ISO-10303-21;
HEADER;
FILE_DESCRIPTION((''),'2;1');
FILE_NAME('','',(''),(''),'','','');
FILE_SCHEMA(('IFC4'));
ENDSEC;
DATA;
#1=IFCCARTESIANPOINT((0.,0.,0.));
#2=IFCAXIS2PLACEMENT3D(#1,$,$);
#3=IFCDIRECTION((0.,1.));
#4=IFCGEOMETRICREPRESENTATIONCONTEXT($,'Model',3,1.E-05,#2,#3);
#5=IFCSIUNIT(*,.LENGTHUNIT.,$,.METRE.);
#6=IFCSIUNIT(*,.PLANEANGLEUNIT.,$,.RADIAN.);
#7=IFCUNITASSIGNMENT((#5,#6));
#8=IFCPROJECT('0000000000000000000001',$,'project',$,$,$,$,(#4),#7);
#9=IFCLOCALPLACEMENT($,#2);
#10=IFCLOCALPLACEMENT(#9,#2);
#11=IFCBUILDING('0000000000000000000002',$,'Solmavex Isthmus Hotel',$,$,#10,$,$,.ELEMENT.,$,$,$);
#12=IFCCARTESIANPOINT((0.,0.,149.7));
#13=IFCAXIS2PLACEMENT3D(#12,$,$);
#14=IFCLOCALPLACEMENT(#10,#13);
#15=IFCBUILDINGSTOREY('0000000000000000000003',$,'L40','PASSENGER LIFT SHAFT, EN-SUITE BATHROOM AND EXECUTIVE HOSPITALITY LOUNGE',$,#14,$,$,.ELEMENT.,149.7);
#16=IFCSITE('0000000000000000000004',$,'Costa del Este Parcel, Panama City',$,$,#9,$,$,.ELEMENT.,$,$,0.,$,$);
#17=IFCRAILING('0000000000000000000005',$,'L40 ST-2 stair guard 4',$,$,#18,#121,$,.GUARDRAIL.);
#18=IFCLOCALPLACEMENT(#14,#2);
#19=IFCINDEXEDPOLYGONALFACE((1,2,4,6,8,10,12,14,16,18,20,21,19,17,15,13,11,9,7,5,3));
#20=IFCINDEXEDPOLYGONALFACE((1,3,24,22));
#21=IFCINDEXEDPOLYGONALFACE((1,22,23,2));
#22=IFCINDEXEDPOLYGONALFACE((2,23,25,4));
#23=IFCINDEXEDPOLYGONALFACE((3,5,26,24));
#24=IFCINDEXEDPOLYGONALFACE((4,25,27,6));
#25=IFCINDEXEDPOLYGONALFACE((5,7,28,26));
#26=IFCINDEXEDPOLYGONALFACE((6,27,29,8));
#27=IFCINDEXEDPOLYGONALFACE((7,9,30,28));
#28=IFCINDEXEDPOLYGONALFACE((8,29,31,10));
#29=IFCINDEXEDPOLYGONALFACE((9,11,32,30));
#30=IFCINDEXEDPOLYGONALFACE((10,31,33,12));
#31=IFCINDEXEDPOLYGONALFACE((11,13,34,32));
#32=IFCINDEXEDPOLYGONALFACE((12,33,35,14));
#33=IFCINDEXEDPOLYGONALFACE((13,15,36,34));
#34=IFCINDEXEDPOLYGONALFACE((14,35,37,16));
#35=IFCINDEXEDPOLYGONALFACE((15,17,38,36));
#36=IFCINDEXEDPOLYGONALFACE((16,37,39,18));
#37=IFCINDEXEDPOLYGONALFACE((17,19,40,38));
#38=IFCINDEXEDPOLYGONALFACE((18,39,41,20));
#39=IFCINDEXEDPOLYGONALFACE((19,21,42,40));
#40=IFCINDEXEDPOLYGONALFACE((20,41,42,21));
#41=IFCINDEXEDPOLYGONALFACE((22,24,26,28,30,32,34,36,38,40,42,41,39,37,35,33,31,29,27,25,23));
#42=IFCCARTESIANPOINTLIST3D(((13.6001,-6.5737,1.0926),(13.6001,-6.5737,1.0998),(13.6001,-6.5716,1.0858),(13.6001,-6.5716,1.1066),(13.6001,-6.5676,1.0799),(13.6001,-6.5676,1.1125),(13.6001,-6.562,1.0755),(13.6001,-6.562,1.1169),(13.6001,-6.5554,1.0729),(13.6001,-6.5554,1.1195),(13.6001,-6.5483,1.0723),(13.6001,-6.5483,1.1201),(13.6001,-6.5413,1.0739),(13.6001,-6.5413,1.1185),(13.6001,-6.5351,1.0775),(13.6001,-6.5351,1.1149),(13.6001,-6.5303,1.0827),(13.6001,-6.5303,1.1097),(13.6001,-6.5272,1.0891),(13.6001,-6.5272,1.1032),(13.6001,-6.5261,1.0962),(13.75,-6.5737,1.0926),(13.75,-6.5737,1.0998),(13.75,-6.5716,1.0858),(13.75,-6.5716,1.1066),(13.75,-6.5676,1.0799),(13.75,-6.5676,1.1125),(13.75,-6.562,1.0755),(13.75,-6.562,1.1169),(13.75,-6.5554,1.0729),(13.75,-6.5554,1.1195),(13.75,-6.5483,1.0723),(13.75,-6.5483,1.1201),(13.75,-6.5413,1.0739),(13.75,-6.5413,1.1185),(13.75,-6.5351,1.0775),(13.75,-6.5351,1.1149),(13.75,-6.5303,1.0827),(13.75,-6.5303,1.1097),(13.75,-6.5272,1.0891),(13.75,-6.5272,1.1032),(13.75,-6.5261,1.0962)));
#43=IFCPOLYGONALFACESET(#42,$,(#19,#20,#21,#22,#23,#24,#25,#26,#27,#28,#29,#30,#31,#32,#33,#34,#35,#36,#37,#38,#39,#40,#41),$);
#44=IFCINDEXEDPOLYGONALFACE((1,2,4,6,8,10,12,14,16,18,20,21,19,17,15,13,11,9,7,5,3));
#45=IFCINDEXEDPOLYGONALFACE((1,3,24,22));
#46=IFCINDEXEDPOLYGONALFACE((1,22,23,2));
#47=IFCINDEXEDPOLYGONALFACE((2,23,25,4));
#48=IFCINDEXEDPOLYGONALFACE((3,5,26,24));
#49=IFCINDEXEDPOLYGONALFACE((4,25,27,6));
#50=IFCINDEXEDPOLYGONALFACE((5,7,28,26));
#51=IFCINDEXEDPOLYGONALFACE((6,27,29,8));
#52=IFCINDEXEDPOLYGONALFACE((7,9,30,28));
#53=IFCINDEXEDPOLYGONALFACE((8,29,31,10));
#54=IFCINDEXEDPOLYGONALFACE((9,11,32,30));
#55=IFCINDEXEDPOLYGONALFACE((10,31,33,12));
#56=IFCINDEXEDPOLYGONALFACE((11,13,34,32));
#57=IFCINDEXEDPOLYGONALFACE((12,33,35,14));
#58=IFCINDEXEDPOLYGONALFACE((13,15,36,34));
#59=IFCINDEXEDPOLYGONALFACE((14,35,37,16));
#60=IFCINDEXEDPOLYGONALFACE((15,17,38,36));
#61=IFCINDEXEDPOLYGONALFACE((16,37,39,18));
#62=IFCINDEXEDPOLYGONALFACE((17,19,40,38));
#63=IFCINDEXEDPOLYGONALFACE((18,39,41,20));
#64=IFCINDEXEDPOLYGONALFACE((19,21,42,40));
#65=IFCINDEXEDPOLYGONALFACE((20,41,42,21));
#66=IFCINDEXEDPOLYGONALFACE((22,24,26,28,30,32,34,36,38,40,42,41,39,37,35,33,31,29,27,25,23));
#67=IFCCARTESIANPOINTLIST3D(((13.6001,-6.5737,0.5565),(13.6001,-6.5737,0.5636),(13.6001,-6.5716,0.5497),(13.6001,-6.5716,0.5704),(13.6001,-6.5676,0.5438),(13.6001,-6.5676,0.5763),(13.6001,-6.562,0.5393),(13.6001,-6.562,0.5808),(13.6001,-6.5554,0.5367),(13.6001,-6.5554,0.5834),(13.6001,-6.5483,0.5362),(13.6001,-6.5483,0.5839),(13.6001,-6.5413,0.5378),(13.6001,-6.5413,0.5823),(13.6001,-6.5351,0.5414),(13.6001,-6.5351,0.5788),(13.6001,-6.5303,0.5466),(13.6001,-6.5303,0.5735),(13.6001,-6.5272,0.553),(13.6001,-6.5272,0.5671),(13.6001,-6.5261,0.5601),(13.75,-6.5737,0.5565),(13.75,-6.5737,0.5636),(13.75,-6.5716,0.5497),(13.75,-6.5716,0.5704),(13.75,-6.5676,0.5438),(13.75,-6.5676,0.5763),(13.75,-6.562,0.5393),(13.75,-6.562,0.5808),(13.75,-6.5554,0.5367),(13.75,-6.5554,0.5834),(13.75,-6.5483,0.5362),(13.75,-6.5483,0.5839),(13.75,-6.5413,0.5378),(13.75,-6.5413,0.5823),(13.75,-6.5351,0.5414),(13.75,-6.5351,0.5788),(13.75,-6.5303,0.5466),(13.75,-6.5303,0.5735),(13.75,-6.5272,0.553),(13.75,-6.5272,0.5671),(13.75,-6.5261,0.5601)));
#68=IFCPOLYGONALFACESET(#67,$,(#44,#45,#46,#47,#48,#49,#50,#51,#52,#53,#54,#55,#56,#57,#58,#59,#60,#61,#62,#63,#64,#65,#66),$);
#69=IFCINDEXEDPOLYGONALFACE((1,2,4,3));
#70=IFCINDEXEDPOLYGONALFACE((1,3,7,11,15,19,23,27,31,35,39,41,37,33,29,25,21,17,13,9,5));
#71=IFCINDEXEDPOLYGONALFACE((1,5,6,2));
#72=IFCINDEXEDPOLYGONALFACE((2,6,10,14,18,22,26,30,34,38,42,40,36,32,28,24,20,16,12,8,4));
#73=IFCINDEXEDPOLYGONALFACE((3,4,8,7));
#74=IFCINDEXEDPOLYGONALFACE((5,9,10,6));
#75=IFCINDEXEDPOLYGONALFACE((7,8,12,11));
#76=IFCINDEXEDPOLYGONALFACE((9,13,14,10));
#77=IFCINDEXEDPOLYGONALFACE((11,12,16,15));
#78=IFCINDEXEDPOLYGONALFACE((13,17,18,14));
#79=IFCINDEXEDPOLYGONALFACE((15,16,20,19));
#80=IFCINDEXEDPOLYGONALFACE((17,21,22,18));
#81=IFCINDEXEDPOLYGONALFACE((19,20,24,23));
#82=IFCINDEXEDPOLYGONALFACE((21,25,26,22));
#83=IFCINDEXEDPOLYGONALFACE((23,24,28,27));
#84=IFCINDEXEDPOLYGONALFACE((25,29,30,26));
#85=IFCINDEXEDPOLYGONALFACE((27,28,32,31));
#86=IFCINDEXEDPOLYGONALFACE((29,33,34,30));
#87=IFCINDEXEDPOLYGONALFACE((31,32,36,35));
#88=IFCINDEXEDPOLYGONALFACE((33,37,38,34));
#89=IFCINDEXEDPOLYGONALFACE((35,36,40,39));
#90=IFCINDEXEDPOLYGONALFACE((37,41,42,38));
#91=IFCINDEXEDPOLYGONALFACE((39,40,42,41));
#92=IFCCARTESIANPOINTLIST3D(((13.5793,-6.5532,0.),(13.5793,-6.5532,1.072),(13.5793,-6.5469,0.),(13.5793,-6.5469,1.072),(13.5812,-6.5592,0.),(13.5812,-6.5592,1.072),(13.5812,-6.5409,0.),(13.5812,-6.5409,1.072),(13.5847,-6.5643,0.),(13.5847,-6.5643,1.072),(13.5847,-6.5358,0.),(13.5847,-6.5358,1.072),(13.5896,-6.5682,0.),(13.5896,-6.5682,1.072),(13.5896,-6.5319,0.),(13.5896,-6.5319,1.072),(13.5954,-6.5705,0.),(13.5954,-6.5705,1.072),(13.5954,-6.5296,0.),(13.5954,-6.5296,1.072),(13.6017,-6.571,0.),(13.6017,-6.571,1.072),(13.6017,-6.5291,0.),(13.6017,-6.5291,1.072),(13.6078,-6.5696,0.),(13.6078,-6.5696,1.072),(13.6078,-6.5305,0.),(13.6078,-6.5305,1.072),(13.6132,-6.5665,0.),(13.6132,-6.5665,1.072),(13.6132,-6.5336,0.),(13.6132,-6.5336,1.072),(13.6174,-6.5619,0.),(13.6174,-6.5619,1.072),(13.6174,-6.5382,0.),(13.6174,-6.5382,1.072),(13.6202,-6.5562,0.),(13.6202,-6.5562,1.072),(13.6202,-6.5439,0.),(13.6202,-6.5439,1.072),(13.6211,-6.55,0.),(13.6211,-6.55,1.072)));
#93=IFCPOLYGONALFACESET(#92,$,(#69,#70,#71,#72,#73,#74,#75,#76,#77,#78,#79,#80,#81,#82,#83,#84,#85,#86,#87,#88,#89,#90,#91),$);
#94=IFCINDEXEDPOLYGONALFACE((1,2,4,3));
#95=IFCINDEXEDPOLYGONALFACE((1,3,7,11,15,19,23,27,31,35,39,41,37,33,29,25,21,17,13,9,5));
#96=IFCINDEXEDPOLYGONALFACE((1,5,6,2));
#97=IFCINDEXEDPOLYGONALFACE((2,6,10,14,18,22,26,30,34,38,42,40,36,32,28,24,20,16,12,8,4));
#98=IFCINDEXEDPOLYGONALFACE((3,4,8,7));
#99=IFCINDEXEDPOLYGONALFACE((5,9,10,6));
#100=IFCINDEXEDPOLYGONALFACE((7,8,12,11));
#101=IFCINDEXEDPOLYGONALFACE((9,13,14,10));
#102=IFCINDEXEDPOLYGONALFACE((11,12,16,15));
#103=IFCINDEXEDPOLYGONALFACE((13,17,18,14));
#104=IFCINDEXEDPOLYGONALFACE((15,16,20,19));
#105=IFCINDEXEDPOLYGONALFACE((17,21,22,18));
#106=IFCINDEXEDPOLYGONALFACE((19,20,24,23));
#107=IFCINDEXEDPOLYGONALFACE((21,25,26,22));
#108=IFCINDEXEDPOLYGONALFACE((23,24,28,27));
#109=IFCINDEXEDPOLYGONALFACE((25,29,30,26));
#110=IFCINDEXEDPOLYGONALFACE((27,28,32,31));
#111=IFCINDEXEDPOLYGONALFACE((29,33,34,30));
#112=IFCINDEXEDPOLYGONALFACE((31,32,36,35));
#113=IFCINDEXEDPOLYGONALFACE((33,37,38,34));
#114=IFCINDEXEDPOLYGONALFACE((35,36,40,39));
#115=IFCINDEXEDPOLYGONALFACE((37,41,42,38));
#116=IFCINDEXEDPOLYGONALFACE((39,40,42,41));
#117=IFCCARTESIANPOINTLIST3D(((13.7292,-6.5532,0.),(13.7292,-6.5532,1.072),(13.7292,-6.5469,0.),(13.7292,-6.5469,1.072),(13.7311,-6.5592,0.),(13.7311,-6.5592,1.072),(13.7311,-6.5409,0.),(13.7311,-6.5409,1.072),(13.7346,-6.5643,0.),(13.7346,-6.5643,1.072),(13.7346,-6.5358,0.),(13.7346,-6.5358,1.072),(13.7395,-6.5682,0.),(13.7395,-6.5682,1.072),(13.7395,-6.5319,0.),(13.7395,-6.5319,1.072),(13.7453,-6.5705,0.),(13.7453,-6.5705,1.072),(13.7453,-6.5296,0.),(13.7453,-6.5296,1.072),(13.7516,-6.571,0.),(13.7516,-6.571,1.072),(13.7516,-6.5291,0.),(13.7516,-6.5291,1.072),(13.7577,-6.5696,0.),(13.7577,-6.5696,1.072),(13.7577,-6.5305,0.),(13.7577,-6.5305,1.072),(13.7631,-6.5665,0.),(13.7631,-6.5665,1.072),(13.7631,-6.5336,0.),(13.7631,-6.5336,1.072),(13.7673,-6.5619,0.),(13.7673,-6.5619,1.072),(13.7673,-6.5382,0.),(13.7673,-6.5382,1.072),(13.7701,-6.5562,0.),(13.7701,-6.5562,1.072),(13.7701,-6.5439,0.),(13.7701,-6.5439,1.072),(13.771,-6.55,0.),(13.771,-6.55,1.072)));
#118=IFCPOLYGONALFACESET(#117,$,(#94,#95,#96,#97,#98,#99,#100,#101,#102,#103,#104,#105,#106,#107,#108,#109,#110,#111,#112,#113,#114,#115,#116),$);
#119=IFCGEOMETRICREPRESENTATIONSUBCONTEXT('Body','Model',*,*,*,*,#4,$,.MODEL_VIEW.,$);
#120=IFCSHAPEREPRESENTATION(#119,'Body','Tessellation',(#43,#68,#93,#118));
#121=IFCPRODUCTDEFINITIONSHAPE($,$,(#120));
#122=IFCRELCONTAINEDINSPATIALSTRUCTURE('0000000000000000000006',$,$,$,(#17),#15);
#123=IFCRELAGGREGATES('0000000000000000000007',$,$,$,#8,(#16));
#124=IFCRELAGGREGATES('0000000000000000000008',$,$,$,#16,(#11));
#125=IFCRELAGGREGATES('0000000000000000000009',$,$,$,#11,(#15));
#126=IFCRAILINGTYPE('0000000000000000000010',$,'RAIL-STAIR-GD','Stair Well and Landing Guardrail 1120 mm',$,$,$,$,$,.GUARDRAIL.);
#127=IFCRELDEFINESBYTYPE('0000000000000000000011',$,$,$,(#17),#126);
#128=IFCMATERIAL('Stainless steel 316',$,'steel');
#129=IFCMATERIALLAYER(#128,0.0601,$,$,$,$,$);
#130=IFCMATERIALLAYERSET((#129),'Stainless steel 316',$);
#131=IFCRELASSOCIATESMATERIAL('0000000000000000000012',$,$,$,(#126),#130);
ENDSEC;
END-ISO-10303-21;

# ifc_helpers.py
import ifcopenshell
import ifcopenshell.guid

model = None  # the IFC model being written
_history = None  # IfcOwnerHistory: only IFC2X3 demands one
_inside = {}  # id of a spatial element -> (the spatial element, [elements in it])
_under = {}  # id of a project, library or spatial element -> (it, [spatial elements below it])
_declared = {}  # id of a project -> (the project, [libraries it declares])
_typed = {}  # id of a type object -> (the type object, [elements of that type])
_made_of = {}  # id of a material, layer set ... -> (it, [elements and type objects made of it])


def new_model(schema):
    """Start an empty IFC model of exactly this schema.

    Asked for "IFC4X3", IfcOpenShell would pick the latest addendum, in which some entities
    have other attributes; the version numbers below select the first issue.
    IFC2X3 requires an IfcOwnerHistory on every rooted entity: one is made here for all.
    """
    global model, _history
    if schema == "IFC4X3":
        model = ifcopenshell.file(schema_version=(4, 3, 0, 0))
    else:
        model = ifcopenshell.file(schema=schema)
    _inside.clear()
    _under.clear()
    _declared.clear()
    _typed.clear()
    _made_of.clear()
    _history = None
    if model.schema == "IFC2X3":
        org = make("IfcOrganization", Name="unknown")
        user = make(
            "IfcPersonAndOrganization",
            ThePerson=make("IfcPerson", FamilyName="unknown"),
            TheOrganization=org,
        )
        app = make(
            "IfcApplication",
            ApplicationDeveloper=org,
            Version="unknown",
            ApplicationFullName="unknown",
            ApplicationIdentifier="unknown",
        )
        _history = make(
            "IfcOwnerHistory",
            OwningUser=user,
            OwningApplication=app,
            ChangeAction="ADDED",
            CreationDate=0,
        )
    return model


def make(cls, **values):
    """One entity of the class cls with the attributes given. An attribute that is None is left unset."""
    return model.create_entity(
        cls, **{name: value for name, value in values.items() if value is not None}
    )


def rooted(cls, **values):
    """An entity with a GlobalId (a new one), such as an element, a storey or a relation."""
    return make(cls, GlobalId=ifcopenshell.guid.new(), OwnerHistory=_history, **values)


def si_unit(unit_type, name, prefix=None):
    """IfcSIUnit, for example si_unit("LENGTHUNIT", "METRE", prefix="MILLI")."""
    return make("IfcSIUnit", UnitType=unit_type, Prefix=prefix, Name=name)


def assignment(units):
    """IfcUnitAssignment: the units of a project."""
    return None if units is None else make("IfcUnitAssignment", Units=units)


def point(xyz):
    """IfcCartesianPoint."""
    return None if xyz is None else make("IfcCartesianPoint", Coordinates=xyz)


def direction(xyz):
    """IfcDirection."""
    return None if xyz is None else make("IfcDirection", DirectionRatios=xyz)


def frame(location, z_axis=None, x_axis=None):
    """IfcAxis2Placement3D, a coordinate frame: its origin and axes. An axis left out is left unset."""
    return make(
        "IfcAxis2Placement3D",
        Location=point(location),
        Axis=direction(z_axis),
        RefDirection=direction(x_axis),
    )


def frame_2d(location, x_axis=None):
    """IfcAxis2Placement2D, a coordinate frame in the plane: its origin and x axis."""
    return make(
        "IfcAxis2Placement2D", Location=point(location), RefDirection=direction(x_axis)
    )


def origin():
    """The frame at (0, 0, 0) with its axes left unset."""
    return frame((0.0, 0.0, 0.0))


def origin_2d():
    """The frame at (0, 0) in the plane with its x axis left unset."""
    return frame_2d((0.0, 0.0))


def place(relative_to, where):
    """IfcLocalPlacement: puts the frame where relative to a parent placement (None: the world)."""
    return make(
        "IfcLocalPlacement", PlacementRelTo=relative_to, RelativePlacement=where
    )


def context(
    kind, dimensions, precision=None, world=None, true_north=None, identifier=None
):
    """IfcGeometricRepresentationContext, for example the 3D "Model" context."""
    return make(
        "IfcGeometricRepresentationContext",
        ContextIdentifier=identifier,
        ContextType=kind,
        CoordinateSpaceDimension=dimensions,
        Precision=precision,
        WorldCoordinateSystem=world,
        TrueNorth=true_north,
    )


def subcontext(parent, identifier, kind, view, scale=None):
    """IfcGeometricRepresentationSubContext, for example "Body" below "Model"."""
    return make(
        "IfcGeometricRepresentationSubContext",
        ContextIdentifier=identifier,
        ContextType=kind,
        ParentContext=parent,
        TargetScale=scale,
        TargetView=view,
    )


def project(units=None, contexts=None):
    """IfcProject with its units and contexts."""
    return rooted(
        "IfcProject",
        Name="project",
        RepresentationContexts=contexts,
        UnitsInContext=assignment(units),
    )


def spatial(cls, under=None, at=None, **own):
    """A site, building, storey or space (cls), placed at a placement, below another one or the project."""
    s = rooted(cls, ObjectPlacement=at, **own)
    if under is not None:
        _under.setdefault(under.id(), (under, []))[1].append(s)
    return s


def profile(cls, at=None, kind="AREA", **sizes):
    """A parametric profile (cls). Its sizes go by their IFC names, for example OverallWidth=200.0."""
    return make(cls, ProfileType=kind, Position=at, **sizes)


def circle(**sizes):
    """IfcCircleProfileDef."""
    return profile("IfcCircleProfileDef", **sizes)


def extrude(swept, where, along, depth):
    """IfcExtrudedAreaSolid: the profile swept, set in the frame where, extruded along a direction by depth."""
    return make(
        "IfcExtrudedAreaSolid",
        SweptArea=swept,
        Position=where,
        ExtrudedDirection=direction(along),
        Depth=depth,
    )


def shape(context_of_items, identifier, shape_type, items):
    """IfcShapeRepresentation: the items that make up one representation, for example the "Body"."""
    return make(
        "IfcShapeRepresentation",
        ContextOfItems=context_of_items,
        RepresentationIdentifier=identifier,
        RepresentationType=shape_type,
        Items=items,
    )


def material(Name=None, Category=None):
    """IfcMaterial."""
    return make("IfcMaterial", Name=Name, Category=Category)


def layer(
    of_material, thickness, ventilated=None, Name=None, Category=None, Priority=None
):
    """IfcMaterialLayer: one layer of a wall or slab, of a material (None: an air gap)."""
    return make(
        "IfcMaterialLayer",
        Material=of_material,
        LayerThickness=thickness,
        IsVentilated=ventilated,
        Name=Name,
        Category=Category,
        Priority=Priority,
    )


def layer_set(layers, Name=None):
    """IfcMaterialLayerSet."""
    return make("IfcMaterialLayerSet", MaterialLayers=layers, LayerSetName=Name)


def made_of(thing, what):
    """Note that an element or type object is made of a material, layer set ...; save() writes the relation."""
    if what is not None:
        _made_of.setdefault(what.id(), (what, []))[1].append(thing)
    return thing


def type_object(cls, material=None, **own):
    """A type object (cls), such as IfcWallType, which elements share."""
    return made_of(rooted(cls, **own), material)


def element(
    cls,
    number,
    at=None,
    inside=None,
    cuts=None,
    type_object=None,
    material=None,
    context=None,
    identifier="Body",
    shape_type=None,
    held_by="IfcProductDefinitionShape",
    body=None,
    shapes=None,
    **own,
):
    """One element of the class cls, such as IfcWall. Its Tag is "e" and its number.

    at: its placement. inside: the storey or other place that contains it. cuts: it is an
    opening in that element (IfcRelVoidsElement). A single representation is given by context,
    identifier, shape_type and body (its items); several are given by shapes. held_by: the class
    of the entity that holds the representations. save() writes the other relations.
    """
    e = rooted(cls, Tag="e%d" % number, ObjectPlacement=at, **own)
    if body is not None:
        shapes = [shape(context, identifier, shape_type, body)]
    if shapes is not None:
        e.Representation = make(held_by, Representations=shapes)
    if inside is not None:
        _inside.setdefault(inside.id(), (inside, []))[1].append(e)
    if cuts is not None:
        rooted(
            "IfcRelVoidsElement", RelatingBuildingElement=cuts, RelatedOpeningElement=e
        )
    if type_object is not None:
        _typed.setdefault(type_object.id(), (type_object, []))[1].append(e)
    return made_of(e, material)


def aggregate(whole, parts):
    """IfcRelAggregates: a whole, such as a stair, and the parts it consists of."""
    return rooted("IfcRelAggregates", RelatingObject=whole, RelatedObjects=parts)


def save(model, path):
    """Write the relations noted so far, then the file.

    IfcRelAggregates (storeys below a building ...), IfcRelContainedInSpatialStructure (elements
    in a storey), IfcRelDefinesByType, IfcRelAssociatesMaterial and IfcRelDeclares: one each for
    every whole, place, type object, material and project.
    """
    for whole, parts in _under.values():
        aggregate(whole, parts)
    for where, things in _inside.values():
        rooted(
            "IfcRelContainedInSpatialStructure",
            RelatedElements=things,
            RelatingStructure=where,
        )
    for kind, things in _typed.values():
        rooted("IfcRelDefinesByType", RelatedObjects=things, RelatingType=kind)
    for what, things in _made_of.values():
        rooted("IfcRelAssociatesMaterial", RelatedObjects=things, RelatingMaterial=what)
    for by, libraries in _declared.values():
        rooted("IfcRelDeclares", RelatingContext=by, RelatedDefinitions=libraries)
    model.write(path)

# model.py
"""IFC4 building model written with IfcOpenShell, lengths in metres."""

from ifc_helpers import new_model, si_unit, direction, frame, origin, origin_2d, place, context, subcontext, project, spatial, circle, extrude, material, layer, layer_set, type_object, element, save


model = new_model("IFC4")

# Units and contexts
model_context = context("Model", 3, precision=1e-05, world=origin(), true_north=direction((0.0, 1.0)))
body_context = subcontext(model_context, "Body", "Model", "MODEL_VIEW")
ifc_project = project(units=[si_unit("LENGTHUNIT", "METRE"), si_unit("PLANEANGLEUNIT", "RADIAN")], contexts=[model_context])

# Site, building, storey
site_placement = place(None, origin())
site = spatial("IfcSite", under=ifc_project, at=site_placement, Name="Costa del Este Parcel, Panama City", CompositionType="ELEMENT", RefElevation=0.0)
building_placement = place(site_placement, origin())
building = spatial("IfcBuilding", under=site, at=building_placement, Name="Solmavex Isthmus Hotel", CompositionType="ELEMENT")
storey_placement = place(building_placement, frame((0.0, 0.0, 149.7)))
storey = spatial("IfcBuildingStorey", under=building, at=storey_placement, Name="L40", Description="PASSENGER LIFT SHAFT, EN-SUITE BATHROOM AND EXECUTIVE HOSPITALITY LOUNGE", CompositionType="ELEMENT", Elevation=149.7)

# Railing
ifc_material_1 = material(Name="Stainless steel 316", Category="steel")
ifc_layer_1 = layer(ifc_material_1, 0.0601)
ifc_layer_set_1 = layer_set([ifc_layer_1], Name="Stainless steel 316")
railing_type_1 = type_object("IfcRailingType", Name="RAIL-STAIR-GD", Description="Stair Well and Landing Guardrail 1120 mm", PredefinedType="GUARDRAIL", material=ifc_layer_set_1)
railing_1_placement = place(storey_placement, frame((13.6001, -6.55, 0.0)))
element("IfcRailing", 1, at=railing_1_placement, inside=storey, type_object=railing_type_1, Name="L40 ST-2 stair guard 4", PredefinedType="GUARDRAIL", context=body_context, shape_type="SweptSolid", body=[
    extrude(circle(Radius=0.0239, at=origin_2d()), frame((0.0, 0.0, 1.0962), z_axis=(1.0, 0.0, 0.0), x_axis=(0.0, 1.0, 0.0)), (0.0, 0.0, 1.0), 0.1499),
    extrude(circle(Radius=0.0239, at=origin_2d()), frame((0.0, 0.0, 0.5601), z_axis=(1.0, 0.0, 0.0), x_axis=(0.0, 1.0, 0.0)), (0.0, 0.0, 1.0), 0.1499),
    extrude(circle(Radius=0.021, at=origin_2d()), origin(), (0.0, 0.0, 1.0), 1.072),
    extrude(circle(Radius=0.021, at=origin_2d()), frame((0.1499, 0.0, 0.0)), (0.0, 0.0, 1.0), 1.072),
])

save(model, "model.ifc")
